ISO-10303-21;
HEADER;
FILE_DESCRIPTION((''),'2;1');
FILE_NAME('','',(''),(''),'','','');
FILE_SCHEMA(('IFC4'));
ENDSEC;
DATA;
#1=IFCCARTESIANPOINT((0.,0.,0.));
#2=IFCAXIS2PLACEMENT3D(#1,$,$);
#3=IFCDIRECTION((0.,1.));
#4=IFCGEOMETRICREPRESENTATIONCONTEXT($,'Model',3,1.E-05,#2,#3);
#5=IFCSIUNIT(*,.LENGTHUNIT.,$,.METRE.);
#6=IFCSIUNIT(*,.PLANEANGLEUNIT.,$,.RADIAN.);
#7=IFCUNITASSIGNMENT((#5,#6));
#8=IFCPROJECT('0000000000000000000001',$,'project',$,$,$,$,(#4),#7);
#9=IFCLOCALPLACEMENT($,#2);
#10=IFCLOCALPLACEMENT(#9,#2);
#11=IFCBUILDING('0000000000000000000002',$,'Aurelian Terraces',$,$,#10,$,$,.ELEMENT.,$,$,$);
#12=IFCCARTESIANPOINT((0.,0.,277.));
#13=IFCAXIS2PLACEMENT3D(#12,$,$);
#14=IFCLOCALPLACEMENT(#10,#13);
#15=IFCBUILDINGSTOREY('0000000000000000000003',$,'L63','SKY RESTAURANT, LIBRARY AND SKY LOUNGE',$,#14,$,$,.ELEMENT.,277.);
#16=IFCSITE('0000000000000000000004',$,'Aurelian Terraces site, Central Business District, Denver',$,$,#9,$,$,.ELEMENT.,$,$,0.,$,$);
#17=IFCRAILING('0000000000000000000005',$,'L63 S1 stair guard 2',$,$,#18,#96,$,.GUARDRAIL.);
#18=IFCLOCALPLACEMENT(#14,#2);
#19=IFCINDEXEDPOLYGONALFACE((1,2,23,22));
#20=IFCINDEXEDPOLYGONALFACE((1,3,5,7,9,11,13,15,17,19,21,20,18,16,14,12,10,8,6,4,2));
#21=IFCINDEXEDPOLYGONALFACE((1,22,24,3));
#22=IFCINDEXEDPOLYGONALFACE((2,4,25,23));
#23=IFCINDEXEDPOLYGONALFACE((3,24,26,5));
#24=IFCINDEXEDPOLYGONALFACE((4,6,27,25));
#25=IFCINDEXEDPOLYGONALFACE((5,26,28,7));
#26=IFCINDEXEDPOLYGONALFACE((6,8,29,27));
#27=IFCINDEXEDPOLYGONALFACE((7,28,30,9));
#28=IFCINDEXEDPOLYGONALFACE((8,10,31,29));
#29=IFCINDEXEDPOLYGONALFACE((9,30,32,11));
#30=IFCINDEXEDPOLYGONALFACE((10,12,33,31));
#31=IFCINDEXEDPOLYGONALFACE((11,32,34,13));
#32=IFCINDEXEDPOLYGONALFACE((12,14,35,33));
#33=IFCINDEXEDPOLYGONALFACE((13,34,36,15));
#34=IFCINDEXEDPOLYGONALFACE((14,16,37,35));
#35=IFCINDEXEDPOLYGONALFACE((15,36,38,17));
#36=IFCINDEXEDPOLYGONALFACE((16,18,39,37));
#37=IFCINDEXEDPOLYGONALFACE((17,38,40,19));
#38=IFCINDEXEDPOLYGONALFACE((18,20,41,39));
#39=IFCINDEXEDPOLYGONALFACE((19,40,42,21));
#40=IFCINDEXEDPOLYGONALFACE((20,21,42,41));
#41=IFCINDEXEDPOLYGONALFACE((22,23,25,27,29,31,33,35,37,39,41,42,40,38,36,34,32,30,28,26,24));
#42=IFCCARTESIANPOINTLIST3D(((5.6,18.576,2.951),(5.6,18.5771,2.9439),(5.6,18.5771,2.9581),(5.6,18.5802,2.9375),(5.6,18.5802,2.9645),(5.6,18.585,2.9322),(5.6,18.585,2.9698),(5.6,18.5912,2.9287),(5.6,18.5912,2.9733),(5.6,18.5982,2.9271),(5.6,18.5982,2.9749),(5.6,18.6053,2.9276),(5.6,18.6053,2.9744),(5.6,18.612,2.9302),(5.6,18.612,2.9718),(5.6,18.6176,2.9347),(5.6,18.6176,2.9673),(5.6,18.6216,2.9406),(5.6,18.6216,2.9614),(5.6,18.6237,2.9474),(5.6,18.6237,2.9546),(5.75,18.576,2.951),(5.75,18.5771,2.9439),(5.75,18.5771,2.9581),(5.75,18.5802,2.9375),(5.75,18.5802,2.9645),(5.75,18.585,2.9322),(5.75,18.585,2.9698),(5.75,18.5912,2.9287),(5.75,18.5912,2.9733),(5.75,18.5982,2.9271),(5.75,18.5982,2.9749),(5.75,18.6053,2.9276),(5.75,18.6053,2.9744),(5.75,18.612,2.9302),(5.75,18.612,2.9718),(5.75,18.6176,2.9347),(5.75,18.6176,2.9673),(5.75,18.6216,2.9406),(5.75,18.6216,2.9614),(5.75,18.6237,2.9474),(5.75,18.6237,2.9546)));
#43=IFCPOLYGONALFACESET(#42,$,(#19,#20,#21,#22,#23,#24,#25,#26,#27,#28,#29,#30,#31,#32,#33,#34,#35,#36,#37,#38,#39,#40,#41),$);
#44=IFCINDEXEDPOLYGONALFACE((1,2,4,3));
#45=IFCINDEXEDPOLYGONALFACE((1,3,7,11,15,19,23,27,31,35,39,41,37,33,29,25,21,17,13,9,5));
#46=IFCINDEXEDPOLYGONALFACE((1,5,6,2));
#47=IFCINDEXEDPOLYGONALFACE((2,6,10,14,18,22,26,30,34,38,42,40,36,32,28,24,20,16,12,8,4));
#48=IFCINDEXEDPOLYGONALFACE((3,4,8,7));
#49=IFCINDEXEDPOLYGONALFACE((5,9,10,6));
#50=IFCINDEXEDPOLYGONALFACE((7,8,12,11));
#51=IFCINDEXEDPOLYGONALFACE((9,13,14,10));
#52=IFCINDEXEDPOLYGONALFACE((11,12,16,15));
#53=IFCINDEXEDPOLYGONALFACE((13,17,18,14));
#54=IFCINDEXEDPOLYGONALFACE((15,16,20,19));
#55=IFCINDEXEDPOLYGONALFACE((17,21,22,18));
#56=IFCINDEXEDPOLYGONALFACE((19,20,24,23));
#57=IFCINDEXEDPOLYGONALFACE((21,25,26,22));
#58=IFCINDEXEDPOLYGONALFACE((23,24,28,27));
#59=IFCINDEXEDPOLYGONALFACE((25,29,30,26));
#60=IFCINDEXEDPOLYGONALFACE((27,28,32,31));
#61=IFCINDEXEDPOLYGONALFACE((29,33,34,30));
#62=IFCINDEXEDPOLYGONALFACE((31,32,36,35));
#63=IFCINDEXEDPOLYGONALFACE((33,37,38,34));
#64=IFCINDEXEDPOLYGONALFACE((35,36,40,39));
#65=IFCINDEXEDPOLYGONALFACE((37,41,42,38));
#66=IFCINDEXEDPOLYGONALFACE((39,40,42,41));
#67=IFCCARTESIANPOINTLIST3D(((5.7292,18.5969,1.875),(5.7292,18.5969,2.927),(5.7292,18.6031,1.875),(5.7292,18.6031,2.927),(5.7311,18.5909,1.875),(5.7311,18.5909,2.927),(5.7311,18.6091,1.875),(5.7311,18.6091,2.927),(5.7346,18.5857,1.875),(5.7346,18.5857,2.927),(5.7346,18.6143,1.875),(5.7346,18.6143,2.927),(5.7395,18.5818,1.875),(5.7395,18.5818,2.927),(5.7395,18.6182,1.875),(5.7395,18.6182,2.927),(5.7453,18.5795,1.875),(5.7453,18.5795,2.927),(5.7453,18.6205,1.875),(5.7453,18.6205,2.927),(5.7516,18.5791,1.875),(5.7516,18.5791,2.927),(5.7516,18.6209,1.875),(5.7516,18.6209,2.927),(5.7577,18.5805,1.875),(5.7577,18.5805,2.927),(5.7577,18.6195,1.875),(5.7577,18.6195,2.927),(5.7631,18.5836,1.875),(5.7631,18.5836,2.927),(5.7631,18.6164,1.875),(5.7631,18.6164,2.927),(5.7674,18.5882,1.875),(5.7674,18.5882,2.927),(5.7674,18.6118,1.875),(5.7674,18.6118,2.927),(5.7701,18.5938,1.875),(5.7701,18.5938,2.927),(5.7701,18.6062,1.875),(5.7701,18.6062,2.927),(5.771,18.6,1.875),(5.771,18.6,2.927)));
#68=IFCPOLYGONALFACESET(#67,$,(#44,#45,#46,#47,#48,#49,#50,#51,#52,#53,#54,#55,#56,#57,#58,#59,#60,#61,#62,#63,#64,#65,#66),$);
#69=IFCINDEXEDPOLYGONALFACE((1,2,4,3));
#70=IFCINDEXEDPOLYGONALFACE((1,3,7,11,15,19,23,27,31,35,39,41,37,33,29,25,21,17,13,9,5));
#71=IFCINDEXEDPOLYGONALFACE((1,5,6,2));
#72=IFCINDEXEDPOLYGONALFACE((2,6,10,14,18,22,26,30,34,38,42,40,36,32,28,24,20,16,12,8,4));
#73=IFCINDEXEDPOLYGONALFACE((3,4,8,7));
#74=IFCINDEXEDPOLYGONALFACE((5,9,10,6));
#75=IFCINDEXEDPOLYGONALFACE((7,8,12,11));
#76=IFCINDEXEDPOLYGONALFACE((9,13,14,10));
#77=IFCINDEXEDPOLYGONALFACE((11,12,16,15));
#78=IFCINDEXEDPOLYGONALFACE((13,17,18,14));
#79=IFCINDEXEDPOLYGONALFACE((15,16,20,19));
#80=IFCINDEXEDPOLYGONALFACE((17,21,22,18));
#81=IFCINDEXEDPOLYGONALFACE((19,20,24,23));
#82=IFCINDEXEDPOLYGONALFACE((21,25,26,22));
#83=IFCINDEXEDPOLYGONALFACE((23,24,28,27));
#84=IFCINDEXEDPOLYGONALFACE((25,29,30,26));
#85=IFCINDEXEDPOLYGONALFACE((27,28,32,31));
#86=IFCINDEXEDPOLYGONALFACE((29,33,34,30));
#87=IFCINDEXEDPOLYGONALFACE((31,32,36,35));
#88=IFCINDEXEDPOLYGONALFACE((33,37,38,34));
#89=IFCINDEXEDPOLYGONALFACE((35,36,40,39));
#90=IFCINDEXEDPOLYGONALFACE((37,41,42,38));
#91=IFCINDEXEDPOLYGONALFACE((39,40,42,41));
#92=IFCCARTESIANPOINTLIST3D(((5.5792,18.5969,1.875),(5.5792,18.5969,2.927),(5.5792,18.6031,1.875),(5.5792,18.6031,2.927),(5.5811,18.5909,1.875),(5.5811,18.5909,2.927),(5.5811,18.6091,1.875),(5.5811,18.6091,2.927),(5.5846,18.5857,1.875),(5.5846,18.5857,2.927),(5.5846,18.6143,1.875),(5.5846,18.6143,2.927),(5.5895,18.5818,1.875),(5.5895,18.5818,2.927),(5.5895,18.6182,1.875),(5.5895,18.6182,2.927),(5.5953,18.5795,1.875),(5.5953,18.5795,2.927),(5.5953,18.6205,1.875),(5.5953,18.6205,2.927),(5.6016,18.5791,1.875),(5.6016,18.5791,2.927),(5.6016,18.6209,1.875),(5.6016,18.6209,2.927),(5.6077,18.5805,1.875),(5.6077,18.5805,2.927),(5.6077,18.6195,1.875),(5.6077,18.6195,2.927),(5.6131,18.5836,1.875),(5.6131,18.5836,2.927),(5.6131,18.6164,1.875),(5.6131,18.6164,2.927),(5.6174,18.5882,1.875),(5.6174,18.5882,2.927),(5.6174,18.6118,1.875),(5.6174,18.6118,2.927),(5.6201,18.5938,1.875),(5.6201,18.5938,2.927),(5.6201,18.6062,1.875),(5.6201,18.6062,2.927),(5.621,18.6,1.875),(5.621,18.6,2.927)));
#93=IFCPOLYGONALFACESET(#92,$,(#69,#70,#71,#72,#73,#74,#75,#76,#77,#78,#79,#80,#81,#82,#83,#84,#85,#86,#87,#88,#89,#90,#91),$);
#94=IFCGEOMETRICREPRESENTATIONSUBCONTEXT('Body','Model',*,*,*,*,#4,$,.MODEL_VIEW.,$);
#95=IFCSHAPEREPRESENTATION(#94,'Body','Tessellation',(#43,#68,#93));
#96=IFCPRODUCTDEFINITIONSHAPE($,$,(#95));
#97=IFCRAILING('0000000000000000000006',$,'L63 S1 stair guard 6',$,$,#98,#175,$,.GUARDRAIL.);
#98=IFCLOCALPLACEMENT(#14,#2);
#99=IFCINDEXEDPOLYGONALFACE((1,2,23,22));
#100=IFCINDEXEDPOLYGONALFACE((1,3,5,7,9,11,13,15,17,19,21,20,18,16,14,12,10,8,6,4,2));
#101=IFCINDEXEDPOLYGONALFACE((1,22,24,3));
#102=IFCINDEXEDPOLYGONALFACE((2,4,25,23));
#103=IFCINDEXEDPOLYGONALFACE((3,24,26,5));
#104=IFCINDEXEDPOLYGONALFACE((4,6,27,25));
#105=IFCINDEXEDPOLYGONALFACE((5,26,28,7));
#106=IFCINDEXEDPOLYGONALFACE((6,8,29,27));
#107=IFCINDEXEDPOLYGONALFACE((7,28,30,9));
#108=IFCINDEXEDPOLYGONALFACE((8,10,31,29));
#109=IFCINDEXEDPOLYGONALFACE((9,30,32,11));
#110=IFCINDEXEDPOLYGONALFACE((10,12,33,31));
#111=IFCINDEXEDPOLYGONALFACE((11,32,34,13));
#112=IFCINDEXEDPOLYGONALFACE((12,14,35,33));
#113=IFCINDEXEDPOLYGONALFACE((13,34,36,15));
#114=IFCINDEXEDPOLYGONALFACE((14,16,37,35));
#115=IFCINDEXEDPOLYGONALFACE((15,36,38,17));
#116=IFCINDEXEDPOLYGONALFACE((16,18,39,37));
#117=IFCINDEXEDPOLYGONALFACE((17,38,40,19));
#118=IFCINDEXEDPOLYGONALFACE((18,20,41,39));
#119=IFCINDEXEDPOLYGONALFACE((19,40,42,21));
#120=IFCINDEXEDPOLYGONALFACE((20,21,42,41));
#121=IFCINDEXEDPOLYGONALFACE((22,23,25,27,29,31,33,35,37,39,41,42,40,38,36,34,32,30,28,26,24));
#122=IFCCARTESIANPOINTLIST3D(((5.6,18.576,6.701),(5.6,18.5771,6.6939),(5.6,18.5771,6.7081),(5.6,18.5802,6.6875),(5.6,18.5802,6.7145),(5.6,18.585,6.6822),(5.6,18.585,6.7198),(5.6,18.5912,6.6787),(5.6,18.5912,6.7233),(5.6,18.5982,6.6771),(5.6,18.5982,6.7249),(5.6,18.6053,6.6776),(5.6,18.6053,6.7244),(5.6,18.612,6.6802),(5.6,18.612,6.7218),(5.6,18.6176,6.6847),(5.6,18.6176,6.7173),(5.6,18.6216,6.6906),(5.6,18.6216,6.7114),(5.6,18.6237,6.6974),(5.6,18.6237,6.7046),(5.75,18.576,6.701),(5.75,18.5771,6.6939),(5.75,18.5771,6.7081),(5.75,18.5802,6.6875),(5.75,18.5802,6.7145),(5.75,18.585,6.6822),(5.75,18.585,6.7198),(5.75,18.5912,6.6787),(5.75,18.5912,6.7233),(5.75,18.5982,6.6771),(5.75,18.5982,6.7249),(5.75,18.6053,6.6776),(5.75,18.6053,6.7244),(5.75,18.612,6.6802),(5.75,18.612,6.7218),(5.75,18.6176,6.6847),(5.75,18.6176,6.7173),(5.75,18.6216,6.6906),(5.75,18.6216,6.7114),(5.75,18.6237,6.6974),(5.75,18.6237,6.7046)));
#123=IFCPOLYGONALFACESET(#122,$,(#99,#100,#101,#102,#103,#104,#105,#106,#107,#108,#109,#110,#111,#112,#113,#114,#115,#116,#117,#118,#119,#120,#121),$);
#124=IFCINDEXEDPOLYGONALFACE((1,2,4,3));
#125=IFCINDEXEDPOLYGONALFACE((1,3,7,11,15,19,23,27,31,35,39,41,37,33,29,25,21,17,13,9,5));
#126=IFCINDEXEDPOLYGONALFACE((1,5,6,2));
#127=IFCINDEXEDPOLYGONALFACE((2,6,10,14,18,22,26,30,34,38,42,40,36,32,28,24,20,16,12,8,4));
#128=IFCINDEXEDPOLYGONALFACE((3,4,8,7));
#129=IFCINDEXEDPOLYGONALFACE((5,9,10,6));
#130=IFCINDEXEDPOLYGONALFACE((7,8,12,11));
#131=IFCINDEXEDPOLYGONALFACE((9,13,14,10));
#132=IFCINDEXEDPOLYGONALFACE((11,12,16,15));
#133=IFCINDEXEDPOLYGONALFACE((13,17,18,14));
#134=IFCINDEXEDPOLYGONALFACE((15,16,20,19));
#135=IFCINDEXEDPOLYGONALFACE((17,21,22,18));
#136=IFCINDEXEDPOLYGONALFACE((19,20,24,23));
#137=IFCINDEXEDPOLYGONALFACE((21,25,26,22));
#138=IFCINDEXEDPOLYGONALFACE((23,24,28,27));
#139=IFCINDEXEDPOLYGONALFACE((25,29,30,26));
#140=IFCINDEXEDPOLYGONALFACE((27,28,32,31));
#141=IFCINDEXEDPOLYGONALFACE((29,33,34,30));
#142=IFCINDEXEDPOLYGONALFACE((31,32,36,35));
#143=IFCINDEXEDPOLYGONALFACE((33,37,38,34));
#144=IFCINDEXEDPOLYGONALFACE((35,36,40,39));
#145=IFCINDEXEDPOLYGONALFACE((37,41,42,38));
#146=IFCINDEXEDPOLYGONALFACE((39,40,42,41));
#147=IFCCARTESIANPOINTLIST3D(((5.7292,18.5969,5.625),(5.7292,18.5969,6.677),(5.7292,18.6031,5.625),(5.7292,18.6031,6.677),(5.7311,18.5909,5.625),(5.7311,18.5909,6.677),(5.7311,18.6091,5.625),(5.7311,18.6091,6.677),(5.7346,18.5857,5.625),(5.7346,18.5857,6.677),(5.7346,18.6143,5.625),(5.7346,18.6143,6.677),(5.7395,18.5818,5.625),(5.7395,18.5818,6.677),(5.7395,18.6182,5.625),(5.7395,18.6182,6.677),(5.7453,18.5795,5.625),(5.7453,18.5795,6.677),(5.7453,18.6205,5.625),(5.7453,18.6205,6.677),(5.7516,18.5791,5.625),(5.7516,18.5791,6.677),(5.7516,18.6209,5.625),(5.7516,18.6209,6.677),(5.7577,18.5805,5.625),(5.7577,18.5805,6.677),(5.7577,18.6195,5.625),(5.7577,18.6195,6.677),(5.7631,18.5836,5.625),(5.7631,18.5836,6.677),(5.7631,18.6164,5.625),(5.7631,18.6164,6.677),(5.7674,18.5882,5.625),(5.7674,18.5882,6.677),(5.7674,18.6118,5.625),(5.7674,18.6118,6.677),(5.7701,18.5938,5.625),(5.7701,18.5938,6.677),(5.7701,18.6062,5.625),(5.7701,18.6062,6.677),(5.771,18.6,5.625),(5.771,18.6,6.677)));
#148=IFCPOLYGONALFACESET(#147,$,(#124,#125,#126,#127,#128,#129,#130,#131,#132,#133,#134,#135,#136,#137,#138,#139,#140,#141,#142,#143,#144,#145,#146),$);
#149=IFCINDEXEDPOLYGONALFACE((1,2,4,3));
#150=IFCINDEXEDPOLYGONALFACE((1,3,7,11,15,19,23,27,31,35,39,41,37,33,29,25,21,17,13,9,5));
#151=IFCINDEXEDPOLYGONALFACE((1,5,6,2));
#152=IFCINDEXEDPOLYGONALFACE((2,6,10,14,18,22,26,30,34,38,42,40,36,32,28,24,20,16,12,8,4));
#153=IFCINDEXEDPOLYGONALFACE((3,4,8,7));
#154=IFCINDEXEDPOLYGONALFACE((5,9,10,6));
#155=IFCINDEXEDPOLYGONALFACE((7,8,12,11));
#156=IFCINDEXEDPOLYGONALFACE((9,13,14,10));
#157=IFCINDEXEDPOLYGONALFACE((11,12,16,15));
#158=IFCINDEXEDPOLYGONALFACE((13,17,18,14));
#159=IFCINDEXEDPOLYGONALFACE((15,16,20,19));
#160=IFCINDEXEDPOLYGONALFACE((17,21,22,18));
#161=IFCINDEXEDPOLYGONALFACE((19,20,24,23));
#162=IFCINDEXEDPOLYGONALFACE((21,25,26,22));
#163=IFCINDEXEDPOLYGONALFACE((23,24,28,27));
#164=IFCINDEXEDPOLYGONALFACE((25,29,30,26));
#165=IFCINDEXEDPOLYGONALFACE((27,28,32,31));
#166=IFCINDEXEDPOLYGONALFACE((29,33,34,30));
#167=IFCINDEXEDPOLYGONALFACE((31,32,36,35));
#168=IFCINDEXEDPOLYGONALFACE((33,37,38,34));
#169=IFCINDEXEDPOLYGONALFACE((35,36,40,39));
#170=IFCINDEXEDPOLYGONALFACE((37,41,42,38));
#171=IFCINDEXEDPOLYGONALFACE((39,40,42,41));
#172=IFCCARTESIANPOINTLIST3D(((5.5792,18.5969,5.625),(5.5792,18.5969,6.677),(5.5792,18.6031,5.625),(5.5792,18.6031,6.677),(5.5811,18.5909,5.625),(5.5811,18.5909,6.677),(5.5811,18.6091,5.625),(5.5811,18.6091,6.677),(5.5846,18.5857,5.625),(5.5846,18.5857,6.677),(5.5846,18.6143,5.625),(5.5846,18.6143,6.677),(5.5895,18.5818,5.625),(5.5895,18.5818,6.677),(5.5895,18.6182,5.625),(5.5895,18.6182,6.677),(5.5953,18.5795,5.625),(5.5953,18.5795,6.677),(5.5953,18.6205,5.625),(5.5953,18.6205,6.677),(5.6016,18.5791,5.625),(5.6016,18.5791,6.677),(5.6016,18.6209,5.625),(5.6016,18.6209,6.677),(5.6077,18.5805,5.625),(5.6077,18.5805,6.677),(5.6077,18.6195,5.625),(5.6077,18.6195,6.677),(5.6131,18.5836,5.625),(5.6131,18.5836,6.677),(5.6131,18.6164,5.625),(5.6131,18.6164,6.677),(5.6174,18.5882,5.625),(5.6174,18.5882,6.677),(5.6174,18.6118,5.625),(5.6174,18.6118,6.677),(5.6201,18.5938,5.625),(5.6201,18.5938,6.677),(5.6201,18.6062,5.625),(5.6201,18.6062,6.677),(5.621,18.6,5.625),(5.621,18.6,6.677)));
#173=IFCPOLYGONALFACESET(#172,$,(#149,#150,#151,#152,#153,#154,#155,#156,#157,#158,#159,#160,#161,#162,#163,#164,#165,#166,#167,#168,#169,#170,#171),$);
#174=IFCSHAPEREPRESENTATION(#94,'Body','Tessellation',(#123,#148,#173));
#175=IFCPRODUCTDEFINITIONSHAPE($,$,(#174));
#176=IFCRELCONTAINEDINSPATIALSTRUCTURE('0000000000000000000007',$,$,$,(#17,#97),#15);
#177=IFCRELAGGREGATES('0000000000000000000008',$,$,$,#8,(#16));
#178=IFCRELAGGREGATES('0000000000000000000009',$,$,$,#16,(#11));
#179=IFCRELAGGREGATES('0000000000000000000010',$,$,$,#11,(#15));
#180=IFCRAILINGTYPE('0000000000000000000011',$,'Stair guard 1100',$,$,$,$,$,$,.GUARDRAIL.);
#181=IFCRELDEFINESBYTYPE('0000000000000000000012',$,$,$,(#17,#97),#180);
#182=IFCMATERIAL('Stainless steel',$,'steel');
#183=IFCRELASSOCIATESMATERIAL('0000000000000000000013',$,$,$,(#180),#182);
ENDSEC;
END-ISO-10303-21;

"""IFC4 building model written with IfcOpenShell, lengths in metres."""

from ifc_helpers import new_model, si_unit, direction, frame, origin, origin_2d, place, context, subcontext, project, spatial, circle, extrude, source, transform, mapped, material, type_object, element, save


model = new_model("IFC4")

# Units and contexts
model_context = context("Model", 3, precision=1e-05, world=origin(), true_north=direction((0.0, 1.0)))
body_context = subcontext(model_context, "Body", "Model", "MODEL_VIEW")
ifc_project = project(units=[si_unit("LENGTHUNIT", "METRE"), si_unit("PLANEANGLEUNIT", "RADIAN")], contexts=[model_context])

# Site, building, storey
site_placement = place(None, origin())
site = spatial("IfcSite", under=ifc_project, at=site_placement, Name="Aurelian Terraces site, Central Business District, Denver", CompositionType="ELEMENT", RefElevation=0.0)
building_placement = place(site_placement, origin())
building = spatial("IfcBuilding", under=site, at=building_placement, Name="Aurelian Terraces", CompositionType="ELEMENT")
storey_placement = place(building_placement, frame((0.0, 0.0, 277.0)))
storey = spatial("IfcBuildingStorey", under=building, at=storey_placement, Name="L63", Description="SKY RESTAURANT, LIBRARY AND SKY LOUNGE", CompositionType="ELEMENT", Elevation=277.0)

# Railings
ifc_material_1 = material(Name="Stainless steel", Category="steel")
railing_type_1 = type_object("IfcRailingType", Name="Stair guard 1100", PredefinedType="GUARDRAIL", material=ifc_material_1)
shared_shape_1 = source(origin(), body_context, "Body", "SweptSolid", [
    extrude(circle(Radius=0.024, at=origin_2d()), frame((0.0, 0.0, 1.076), z_axis=(-1.0, 0.0, 0.0), x_axis=(0.0, -1.0, 0.0)), (0.0, 0.0, 1.0), 0.15),
    extrude(circle(Radius=0.021, at=origin_2d()), origin(), (0.0, 0.0, 1.0), 1.052),
    extrude(circle(Radius=0.021, at=origin_2d()), frame((-0.15, 0.0, 0.0)), (0.0, 0.0, 1.0), 1.052),
])
for number, where, name in (
    (1, (5.75, 18.6, 1.875), "L63 S1 stair guard 2"),
    (2, (5.75, 18.6, 5.625), "L63 S1 stair guard 6"),
):
    element("IfcRailing", number, at=place(storey_placement, frame(where)), inside=storey, type_object=railing_type_1, Name=name, PredefinedType="GUARDRAIL", context=body_context, shape_type="MappedRepresentation", body=[
        mapped(shared_shape_1, transform((0.0, 0.0, 0.0), scale=1.0)),
    ])

save(model, "model.ifc")
